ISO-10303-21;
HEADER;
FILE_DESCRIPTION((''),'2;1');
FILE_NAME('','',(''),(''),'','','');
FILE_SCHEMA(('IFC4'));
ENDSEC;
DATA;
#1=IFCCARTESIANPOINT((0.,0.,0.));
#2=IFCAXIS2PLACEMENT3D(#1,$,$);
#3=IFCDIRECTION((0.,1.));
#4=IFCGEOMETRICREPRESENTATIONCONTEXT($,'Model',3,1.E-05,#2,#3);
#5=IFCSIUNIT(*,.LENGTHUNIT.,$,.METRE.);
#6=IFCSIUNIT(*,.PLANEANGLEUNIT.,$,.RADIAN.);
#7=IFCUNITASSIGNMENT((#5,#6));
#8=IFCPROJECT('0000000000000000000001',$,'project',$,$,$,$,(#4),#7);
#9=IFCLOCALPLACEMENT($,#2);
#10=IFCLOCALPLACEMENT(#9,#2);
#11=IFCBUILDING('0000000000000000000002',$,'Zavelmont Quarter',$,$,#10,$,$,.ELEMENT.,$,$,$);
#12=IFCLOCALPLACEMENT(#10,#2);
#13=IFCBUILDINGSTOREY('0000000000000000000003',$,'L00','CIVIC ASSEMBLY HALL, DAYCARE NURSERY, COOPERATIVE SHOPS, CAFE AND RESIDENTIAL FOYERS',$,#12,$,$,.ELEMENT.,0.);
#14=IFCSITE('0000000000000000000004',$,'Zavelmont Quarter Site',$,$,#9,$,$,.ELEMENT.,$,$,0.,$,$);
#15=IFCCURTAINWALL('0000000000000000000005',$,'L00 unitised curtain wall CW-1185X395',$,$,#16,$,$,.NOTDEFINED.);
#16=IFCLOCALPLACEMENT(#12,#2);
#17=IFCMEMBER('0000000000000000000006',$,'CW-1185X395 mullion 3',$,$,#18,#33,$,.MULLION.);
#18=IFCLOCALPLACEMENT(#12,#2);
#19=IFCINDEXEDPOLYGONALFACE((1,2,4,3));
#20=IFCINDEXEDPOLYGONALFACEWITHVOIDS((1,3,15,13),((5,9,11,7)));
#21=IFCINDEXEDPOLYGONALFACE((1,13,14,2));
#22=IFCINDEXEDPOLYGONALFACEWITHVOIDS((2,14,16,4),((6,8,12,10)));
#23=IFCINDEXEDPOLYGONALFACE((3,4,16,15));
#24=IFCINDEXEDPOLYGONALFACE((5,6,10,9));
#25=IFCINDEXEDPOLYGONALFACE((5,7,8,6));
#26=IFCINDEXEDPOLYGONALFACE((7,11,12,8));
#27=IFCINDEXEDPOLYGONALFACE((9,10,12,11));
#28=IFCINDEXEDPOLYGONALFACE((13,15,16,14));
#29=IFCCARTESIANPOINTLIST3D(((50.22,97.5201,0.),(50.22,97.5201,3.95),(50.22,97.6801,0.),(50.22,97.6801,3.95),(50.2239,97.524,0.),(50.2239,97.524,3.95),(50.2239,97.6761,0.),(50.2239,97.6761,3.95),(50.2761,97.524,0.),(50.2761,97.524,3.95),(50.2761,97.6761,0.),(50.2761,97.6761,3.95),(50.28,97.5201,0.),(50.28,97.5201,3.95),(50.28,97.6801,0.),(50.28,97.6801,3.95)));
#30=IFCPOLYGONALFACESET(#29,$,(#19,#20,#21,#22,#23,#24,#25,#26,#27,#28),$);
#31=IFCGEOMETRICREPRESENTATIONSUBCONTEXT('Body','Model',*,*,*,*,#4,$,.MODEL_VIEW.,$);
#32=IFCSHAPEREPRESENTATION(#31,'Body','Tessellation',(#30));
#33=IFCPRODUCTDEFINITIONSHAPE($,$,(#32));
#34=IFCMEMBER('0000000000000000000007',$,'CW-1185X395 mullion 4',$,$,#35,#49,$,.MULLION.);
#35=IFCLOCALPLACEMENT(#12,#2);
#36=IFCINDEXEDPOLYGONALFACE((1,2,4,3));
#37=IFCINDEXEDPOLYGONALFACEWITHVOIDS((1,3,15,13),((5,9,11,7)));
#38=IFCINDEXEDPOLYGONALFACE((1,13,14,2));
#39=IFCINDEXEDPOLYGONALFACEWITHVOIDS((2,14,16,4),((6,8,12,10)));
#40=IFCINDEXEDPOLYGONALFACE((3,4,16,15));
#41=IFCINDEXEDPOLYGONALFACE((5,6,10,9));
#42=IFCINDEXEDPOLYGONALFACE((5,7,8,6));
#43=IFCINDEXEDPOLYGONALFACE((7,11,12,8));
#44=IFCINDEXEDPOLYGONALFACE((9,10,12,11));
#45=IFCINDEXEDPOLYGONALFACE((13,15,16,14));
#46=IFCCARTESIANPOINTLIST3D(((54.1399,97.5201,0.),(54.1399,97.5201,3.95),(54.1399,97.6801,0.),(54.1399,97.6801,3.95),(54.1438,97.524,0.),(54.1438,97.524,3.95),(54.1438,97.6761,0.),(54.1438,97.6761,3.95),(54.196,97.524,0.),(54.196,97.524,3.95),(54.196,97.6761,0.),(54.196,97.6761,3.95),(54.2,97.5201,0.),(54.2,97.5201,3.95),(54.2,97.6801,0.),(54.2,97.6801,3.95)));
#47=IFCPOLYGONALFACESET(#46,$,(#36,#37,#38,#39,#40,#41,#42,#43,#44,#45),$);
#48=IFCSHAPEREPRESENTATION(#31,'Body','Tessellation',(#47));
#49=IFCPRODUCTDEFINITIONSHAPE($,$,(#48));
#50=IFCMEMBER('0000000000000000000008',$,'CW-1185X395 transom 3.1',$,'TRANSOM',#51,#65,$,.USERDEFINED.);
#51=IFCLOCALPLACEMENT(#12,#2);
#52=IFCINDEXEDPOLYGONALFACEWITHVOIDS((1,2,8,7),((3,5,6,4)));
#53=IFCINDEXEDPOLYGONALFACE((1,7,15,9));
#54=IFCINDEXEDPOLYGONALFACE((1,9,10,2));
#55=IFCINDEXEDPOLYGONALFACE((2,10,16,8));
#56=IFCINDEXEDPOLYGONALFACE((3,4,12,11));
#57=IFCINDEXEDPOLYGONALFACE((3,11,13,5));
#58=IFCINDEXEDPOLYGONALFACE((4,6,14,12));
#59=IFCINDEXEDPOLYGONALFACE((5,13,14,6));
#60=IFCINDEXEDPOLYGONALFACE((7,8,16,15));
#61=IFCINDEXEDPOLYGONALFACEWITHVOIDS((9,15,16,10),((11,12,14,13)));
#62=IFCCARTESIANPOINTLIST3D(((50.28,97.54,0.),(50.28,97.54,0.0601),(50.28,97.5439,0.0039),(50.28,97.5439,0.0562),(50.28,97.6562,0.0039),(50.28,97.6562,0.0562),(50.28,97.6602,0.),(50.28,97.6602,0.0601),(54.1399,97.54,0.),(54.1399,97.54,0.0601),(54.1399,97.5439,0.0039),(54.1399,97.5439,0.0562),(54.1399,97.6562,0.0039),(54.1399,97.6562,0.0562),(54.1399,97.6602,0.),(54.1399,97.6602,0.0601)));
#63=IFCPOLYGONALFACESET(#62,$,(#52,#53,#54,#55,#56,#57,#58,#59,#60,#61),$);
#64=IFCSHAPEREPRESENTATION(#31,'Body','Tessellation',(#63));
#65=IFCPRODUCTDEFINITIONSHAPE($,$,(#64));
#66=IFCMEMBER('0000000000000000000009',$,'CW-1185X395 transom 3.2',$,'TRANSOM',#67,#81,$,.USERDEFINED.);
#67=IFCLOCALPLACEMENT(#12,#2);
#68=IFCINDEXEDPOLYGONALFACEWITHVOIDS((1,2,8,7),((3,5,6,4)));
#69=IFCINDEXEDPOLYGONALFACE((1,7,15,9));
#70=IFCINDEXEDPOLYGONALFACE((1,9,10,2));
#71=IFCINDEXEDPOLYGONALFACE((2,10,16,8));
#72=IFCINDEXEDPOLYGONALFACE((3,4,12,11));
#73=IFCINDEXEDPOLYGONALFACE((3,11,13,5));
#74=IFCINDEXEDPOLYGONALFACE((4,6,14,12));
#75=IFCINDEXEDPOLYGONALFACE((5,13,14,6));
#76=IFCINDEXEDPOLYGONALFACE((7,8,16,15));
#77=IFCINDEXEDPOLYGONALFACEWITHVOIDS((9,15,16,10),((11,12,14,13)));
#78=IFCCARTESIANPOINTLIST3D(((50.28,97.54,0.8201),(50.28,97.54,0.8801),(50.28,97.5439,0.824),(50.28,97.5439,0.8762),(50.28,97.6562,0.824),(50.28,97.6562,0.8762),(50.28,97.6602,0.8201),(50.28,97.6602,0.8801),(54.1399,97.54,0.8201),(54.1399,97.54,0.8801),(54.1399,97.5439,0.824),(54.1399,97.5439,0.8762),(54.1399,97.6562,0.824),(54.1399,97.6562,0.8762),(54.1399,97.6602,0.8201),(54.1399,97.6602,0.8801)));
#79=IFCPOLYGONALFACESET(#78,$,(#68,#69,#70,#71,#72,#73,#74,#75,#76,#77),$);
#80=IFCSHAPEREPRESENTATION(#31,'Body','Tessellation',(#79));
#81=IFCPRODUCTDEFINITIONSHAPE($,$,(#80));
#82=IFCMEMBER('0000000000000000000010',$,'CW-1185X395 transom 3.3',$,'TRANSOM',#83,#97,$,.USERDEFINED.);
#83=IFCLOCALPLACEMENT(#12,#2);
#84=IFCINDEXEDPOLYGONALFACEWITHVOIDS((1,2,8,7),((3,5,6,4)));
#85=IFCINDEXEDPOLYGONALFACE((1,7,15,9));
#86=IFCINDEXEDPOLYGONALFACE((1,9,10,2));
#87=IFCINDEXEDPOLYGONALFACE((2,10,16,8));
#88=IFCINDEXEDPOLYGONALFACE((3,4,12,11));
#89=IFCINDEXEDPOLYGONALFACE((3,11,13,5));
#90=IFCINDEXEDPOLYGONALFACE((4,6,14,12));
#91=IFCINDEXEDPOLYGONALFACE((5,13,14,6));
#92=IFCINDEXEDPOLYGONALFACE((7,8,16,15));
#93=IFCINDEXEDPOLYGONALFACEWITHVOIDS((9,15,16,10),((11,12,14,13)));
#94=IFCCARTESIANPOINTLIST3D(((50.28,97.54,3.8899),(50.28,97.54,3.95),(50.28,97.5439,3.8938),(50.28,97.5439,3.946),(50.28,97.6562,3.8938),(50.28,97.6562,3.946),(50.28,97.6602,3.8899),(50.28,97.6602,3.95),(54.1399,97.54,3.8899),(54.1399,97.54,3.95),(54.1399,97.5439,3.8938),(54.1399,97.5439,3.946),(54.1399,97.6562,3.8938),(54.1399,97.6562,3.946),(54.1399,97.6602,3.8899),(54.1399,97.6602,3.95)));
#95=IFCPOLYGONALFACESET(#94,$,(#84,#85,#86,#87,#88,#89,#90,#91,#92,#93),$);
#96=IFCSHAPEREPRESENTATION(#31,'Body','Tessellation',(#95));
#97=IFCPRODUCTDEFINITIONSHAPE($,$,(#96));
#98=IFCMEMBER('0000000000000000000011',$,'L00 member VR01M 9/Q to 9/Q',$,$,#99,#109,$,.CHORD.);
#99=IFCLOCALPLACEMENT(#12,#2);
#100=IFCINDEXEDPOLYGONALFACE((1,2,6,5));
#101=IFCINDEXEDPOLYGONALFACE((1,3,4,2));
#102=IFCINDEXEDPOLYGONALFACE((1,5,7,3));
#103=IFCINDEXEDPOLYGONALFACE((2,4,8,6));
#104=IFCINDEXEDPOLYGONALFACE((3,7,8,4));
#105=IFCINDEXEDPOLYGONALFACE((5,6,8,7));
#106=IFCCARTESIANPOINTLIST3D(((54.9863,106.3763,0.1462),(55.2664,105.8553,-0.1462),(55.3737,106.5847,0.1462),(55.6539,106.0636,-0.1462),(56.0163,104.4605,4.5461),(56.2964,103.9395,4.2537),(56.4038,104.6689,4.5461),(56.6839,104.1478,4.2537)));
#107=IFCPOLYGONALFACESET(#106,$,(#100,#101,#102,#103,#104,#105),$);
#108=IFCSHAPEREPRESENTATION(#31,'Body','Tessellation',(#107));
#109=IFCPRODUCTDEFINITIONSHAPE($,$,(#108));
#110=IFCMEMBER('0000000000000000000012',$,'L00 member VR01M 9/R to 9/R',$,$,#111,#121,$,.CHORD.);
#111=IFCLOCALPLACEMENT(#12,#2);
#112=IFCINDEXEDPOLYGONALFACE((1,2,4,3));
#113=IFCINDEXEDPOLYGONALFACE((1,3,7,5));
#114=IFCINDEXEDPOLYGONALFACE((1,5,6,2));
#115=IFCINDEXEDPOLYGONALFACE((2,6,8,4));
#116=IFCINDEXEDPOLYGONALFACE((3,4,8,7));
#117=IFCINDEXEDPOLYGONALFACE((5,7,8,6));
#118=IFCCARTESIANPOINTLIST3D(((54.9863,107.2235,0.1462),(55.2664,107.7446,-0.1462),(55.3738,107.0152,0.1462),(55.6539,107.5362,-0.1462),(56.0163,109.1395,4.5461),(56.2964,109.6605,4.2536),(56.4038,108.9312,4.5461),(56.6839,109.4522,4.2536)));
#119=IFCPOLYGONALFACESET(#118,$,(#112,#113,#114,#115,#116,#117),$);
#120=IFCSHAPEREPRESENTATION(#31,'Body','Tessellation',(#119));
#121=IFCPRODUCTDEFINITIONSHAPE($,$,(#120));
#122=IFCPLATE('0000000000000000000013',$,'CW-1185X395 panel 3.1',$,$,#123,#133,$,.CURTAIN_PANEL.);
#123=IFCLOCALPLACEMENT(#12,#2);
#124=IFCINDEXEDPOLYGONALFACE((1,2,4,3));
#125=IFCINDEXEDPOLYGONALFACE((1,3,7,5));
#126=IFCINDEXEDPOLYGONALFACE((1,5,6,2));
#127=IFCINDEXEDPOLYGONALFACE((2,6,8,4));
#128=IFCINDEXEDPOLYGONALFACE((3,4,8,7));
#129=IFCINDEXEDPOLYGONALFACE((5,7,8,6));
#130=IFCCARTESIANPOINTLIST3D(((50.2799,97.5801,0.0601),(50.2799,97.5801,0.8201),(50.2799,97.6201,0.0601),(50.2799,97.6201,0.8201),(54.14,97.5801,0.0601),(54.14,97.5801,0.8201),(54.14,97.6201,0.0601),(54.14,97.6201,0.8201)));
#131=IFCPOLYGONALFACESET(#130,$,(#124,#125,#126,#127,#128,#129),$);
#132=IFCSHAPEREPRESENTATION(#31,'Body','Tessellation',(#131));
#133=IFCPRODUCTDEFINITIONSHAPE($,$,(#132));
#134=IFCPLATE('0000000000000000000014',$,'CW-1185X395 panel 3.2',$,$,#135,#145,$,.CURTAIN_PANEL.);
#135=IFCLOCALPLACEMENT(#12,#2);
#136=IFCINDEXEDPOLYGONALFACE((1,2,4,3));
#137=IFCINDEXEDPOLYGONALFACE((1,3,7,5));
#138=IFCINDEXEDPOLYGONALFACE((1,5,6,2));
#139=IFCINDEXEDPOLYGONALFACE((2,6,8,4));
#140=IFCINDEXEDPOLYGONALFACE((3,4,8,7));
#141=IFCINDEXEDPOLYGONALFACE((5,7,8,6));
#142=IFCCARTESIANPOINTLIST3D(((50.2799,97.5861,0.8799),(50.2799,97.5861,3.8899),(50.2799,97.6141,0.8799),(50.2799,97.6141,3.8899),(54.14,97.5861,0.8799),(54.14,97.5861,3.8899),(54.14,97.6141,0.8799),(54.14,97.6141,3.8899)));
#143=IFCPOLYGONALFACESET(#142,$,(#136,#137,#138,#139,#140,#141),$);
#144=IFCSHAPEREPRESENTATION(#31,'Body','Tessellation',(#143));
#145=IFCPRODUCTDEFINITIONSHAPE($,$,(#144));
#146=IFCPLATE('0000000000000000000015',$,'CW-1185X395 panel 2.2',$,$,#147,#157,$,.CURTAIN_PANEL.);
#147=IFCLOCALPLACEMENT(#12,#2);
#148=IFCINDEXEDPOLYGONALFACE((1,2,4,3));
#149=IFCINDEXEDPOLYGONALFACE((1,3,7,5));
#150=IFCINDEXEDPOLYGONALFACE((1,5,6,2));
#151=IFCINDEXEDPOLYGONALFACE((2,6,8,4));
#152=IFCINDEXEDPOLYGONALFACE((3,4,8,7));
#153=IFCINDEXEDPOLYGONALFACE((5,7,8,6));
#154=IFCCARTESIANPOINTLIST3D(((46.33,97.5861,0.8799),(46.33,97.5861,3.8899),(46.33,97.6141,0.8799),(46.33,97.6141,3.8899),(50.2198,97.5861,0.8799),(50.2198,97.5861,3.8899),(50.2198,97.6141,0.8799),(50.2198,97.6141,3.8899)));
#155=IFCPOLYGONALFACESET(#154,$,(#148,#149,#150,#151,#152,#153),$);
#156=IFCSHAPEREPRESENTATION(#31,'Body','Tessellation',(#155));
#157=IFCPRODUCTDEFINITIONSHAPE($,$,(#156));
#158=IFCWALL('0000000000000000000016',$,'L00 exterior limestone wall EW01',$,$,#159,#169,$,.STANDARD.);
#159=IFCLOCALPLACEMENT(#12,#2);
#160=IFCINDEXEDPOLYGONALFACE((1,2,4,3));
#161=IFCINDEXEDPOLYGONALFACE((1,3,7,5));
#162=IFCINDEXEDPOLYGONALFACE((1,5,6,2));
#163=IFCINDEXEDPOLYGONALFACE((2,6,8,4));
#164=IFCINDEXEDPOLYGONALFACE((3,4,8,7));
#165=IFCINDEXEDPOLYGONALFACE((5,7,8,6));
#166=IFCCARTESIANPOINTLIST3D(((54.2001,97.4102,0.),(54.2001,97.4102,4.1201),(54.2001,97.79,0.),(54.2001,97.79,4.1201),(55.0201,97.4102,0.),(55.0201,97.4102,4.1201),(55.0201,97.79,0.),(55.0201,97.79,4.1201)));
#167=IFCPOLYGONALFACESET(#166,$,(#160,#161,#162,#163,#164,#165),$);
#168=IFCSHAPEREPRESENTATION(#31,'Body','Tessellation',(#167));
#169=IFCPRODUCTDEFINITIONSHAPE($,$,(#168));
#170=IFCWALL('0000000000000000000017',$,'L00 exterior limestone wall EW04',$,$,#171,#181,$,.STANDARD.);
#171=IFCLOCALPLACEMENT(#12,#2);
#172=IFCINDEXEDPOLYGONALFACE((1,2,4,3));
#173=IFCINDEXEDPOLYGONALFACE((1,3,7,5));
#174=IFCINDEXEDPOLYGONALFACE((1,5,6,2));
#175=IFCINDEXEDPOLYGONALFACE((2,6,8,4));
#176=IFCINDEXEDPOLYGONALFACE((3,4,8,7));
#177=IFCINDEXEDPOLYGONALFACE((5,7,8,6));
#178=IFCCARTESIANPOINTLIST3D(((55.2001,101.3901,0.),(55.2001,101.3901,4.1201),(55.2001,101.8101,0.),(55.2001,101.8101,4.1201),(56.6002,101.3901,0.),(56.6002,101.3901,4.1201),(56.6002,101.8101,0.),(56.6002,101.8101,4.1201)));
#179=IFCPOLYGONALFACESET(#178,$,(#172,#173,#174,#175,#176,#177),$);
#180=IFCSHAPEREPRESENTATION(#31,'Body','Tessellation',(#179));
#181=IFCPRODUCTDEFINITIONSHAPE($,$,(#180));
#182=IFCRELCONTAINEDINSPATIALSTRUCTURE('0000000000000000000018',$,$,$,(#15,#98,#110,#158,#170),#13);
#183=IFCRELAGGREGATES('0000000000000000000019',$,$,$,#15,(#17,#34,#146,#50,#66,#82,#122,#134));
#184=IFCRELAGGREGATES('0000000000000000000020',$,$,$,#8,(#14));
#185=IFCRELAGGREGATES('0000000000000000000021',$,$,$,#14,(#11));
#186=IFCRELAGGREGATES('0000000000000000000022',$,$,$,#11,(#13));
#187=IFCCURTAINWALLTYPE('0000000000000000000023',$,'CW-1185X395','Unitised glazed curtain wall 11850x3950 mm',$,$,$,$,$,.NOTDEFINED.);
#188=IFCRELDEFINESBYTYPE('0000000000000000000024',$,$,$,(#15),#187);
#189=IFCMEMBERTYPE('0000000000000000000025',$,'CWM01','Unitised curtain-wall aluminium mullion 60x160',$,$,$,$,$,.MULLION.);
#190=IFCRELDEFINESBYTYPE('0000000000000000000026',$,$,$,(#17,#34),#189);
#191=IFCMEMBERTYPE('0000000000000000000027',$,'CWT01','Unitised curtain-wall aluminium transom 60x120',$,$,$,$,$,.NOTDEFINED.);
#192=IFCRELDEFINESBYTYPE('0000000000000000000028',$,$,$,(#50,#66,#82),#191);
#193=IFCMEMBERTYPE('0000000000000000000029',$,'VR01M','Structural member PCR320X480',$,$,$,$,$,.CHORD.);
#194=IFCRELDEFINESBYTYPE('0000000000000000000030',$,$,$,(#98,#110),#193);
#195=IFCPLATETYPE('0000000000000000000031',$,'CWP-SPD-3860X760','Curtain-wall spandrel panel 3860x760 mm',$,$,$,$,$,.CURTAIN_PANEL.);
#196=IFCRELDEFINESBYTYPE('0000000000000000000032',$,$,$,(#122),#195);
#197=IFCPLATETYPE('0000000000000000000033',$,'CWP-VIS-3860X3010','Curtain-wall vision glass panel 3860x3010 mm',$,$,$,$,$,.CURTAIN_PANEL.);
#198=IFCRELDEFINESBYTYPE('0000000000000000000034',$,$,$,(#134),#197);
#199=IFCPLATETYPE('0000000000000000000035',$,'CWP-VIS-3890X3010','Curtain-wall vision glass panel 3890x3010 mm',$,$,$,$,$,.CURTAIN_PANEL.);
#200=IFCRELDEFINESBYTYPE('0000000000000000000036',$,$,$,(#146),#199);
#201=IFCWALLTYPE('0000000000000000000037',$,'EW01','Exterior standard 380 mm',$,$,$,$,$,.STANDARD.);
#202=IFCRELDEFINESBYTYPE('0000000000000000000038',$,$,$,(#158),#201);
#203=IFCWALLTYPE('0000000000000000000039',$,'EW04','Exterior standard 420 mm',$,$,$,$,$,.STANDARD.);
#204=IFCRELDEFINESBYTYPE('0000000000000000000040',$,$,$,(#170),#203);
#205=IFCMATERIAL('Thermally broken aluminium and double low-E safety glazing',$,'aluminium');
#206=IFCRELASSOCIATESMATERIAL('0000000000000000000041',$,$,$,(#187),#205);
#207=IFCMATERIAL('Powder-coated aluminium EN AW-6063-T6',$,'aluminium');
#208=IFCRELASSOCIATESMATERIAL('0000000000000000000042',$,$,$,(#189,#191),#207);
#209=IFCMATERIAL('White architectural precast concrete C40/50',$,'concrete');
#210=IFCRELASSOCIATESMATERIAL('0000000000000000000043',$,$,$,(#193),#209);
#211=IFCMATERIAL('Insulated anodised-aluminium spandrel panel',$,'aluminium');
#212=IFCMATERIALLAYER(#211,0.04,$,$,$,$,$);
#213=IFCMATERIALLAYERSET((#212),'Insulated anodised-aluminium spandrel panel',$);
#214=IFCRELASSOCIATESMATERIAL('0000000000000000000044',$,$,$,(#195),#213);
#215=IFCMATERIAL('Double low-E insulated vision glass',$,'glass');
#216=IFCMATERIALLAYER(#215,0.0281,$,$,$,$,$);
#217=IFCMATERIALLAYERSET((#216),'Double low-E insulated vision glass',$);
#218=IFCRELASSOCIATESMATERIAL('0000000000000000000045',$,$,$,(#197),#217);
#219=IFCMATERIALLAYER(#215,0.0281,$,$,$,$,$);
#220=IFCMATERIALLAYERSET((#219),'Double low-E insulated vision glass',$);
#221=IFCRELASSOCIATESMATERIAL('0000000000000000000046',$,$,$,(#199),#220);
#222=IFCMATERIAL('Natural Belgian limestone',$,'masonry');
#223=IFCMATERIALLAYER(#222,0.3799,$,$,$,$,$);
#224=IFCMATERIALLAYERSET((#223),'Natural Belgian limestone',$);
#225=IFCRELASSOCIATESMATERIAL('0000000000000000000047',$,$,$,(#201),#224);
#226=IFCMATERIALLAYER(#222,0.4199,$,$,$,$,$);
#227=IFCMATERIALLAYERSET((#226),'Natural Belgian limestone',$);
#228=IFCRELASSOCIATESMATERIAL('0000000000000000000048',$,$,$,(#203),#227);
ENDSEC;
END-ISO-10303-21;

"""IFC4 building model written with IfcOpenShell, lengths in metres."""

from ifc_helpers import new_model, si_unit, direction, frame, frame_2d, origin, origin_2d, place, context, subcontext, project, spatial, rectangle, hollow_rectangle, extrude, material, layer, layer_set, material_profile, profile_set, type_object, element, aggregate, save


model = new_model("IFC4")

# Units and contexts
model_context = context("Model", 3, precision=1e-05, world=origin(), true_north=direction((0.0, 1.0)))
body_context = subcontext(model_context, "Body", "Model", "MODEL_VIEW")
ifc_project = project(units=[si_unit("LENGTHUNIT", "METRE"), si_unit("PLANEANGLEUNIT", "RADIAN")], contexts=[model_context])

# Site, building, storey
site_placement = place(None, origin())
site = spatial("IfcSite", under=ifc_project, at=site_placement, Name="Zavelmont Quarter Site", CompositionType="ELEMENT", RefElevation=0.0)
building_placement = place(site_placement, origin())
building = spatial("IfcBuilding", under=site, at=building_placement, Name="Zavelmont Quarter", CompositionType="ELEMENT")
storey_placement = place(building_placement, origin())
storey = spatial("IfcBuildingStorey", under=building, at=storey_placement, Name="L00", Description="CIVIC ASSEMBLY HALL, DAYCARE NURSERY, COOPERATIVE SHOPS, CAFE AND RESIDENTIAL FOYERS", CompositionType="ELEMENT", Elevation=0.0)

# Curtain wall, members
ifc_material_1 = material(Name="Thermally broken aluminium and double low-E safety glazing", Category="aluminium")
curtain_wall_type = type_object("IfcCurtainWallType", Name="CW-1185X395", Description="Unitised glazed curtain wall 11850x3950 mm", PredefinedType="NOTDEFINED", material=ifc_material_1)
curtain_wall_placement = place(storey_placement, origin())
curtain_wall = element("IfcCurtainWall", 1, at=curtain_wall_placement, inside=storey, type_object=curtain_wall_type, Name="L00 unitised curtain wall CW-1185X395", PredefinedType="NOTDEFINED")
ifc_material_2 = material(Name="Powder-coated aluminium EN AW-6063-T6", Category="aluminium")
ifc_material_profile_1 = material_profile(ifc_material_2, hollow_rectangle(XDim=0.0601, YDim=0.1599, WallThickness=0.0039, at=origin_2d()), Name="CWM60X160")
ifc_profile_set_1 = profile_set([ifc_material_profile_1], Name="Powder-coated aluminium EN AW-6063-T6")
member_type_1 = type_object("IfcMemberType", Name="CWM01", Description="Unitised curtain-wall aluminium mullion 60x160", PredefinedType="MULLION", material=ifc_profile_set_1)
member_1_placement = place(storey_placement, frame((50.25, 97.6001, 0.0), z_axis=(0.0, 0.0, 1.0), x_axis=(1.0, 0.0, 0.0)))
member_1 = element("IfcMember", 2, at=member_1_placement, type_object=member_type_1, Name="CW-1185X395 mullion 3", PredefinedType="MULLION", context=body_context, shape_type="SweptSolid", body=[
    extrude(hollow_rectangle(XDim=0.0601, YDim=0.1599, WallThickness=0.0039, at=origin_2d()), origin(), (0.0, 0.0, 1.0), 3.95),
])
member_2_placement = place(storey_placement, frame((54.1699, 97.6001, 0.0), z_axis=(0.0, 0.0, 1.0), x_axis=(1.0, 0.0, 0.0)))
member_2 = element("IfcMember", 3, at=member_2_placement, type_object=member_type_1, Name="CW-1185X395 mullion 4", PredefinedType="MULLION", context=body_context, shape_type="SweptSolid", body=[
    extrude(hollow_rectangle(XDim=0.0601, YDim=0.1599, WallThickness=0.0039, at=origin_2d()), origin(), (0.0, 0.0, 1.0), 3.95),
])
ifc_material_profile_2 = material_profile(ifc_material_2, hollow_rectangle(XDim=0.1201, YDim=0.0601, WallThickness=0.0039, at=origin_2d()), Name="CWT60X120")
ifc_profile_set_2 = profile_set([ifc_material_profile_2], Name="Powder-coated aluminium EN AW-6063-T6")
member_type_2 = type_object("IfcMemberType", Name="CWT01", Description="Unitised curtain-wall aluminium transom 60x120", PredefinedType="NOTDEFINED", material=ifc_profile_set_2)
member_3_placement = place(storey_placement, frame((50.28, 97.6001, 0.03), z_axis=(1.0, 0.0, 0.0), x_axis=(0.0, 1.0, 0.0)))
member_3 = element("IfcMember", 4, at=member_3_placement, type_object=member_type_2, Name="CW-1185X395 transom 3.1", ObjectType="TRANSOM", PredefinedType="USERDEFINED", context=body_context, shape_type="SweptSolid", body=[
    extrude(hollow_rectangle(XDim=0.1201, YDim=0.0601, WallThickness=0.0039, at=origin_2d()), origin(), (0.0, 0.0, 1.0), 3.8599),
])
member_4_placement = place(storey_placement, frame((50.28, 97.6001, 0.8501), z_axis=(1.0, 0.0, 0.0), x_axis=(0.0, 1.0, 0.0)))
member_4 = element("IfcMember", 5, at=member_4_placement, type_object=member_type_2, Name="CW-1185X395 transom 3.2", ObjectType="TRANSOM", PredefinedType="USERDEFINED", context=body_context, shape_type="SweptSolid", body=[
    extrude(hollow_rectangle(XDim=0.1201, YDim=0.0601, WallThickness=0.0039, at=origin_2d()), origin(), (0.0, 0.0, 1.0), 3.8599),
])
member_5_placement = place(storey_placement, frame((50.28, 97.6001, 3.9199), z_axis=(1.0, 0.0, 0.0), x_axis=(0.0, 1.0, 0.0)))
member_5 = element("IfcMember", 6, at=member_5_placement, type_object=member_type_2, Name="CW-1185X395 transom 3.3", ObjectType="TRANSOM", PredefinedType="USERDEFINED", context=body_context, shape_type="SweptSolid", body=[
    extrude(hollow_rectangle(XDim=0.1201, YDim=0.0601, WallThickness=0.0039, at=origin_2d()), origin(), (0.0, 0.0, 1.0), 3.8599),
])

# Members
ifc_material_3 = material(Name="White architectural precast concrete C40/50", Category="concrete")
ifc_material_profile_3 = material_profile(ifc_material_3, rectangle(XDim=0.4399, YDim=0.6599, at=origin_2d()), Name="PCR320X480")
ifc_profile_set_3 = profile_set([ifc_material_profile_3], Name="White architectural precast concrete C40/50")
member_type_3 = type_object("IfcMemberType", Name="VR01M", Description="Structural member PCR320X480", PredefinedType="CHORD", material=ifc_profile_set_3)
for number, where, z_axis, x_axis, name in (
    (7, (55.3201, 106.22, 0.0), (0.20986, -0.390322, 0.896442), (0.880766, 0.473551, 0.0), "L00 member VR01M 9/Q to 9/Q"),
    (8, (55.3201, 107.3799, 0.0), (0.209855, 0.390364, 0.896424), (-0.880792, 0.473504, 0.0), "L00 member VR01M 9/R to 9/R"),
):
    element("IfcMember", number, at=place(storey_placement, frame(where, z_axis=z_axis, x_axis=x_axis)), inside=storey, type_object=member_type_3, Name=name, PredefinedType="CHORD", context=body_context, shape_type="SweptSolid", body=[
        extrude(rectangle(XDim=0.4399, YDim=0.6599, at=origin_2d()), origin(), (0.0, 0.0, 1.0), 4.9082),
    ])

# Plates
ifc_material_4 = material(Name="Insulated anodised-aluminium spandrel panel", Category="aluminium")
ifc_layer_1 = layer(ifc_material_4, 0.04)
ifc_layer_set_1 = layer_set([ifc_layer_1], Name="Insulated anodised-aluminium spandrel panel")
plate_type_1 = type_object("IfcPlateType", Name="CWP-SPD-3860X760", Description="Curtain-wall spandrel panel 3860x760 mm", PredefinedType="CURTAIN_PANEL", material=ifc_layer_set_1)
plate_1_placement = place(storey_placement, frame((52.21, 97.6001, 0.0601), z_axis=(0.0, 0.0, 1.0), x_axis=(1.0, 0.0, 0.0)))
plate_1 = element("IfcPlate", 9, at=plate_1_placement, type_object=plate_type_1, Name="CW-1185X395 panel 3.1", PredefinedType="CURTAIN_PANEL", context=body_context, shape_type="SweptSolid", body=[
    extrude(rectangle(XDim=3.8601, YDim=0.04, at=origin_2d()), origin(), (0.0, 0.0, 1.0), 0.76),
])
ifc_material_5 = material(Name="Double low-E insulated vision glass", Category="glass")
ifc_layer_2 = layer(ifc_material_5, 0.0281)
ifc_layer_set_2 = layer_set([ifc_layer_2], Name="Double low-E insulated vision glass")
plate_type_2 = type_object("IfcPlateType", Name="CWP-VIS-3860X3010", Description="Curtain-wall vision glass panel 3860x3010 mm", PredefinedType="CURTAIN_PANEL", material=ifc_layer_set_2)
plate_2_placement = place(storey_placement, frame((52.21, 97.6001, 0.8799), z_axis=(0.0, 0.0, 1.0), x_axis=(1.0, 0.0, 0.0)))
plate_2 = element("IfcPlate", 10, at=plate_2_placement, type_object=plate_type_2, Name="CW-1185X395 panel 3.2", PredefinedType="CURTAIN_PANEL", context=body_context, shape_type="SweptSolid", body=[
    extrude(rectangle(XDim=3.8601, YDim=0.0281, at=origin_2d()), origin(), (0.0, 0.0, 1.0), 3.01),
])
ifc_layer_3 = layer(ifc_material_5, 0.0281)
ifc_layer_set_3 = layer_set([ifc_layer_3], Name="Double low-E insulated vision glass")
plate_type_3 = type_object("IfcPlateType", Name="CWP-VIS-3890X3010", Description="Curtain-wall vision glass panel 3890x3010 mm", PredefinedType="CURTAIN_PANEL", material=ifc_layer_set_3)
plate_3_placement = place(storey_placement, frame((48.2749, 97.6001, 0.8799), z_axis=(0.0, 0.0, 1.0), x_axis=(1.0, 0.0, 0.0)))
plate_3 = element("IfcPlate", 11, at=plate_3_placement, type_object=plate_type_3, Name="CW-1185X395 panel 2.2", PredefinedType="CURTAIN_PANEL", context=body_context, shape_type="SweptSolid", body=[
    extrude(rectangle(XDim=3.8899, YDim=0.0281, at=origin_2d()), origin(), (0.0, 0.0, 1.0), 3.01),
])
aggregate(curtain_wall, [member_1, member_2, plate_3, member_3, member_4, member_5, plate_1, plate_2])

# Walls
ifc_material_6 = material(Name="Natural Belgian limestone", Category="masonry")
ifc_layer_4 = layer(ifc_material_6, 0.3799)
ifc_layer_set_4 = layer_set([ifc_layer_4], Name="Natural Belgian limestone")
wall_type_1 = type_object("IfcWallType", Name="EW01", Description="Exterior standard 380 mm", PredefinedType="STANDARD", material=ifc_layer_set_4)
wall_1_placement = place(storey_placement, frame((54.2, 97.6001, 0.0), z_axis=(0.0, 0.0, 1.0), x_axis=(1.0, 0.0, 0.0)))
element("IfcWall", 12, at=wall_1_placement, inside=storey, type_object=wall_type_1, Name="L00 exterior limestone wall EW01", PredefinedType="STANDARD", context=body_context, shape_type="SweptSolid", body=[
    extrude(rectangle(XDim=0.8201, YDim=0.3799, at=frame_2d((0.4102, 0.0))), origin(), (0.0, 0.0, 1.0), 4.1201),
])
ifc_layer_5 = layer(ifc_material_6, 0.4199)
ifc_layer_set_5 = layer_set([ifc_layer_5], Name="Natural Belgian limestone")
wall_type_2 = type_object("IfcWallType", Name="EW04", Description="Exterior standard 420 mm", PredefinedType="STANDARD", material=ifc_layer_set_5)
wall_2_placement = place(storey_placement, frame((55.2, 101.6001, 0.0), z_axis=(0.0, 0.0, 1.0), x_axis=(1.0, 0.0, 0.0)))
element("IfcWall", 13, at=wall_2_placement, inside=storey, type_object=wall_type_2, Name="L00 exterior limestone wall EW04", PredefinedType="STANDARD", context=body_context, shape_type="SweptSolid", body=[
    extrude(rectangle(XDim=1.4001, YDim=0.4199, at=frame_2d((0.7002, 0.0))), origin(), (0.0, 0.0, 1.0), 4.1201),
])

save(model, "model.ifc")
